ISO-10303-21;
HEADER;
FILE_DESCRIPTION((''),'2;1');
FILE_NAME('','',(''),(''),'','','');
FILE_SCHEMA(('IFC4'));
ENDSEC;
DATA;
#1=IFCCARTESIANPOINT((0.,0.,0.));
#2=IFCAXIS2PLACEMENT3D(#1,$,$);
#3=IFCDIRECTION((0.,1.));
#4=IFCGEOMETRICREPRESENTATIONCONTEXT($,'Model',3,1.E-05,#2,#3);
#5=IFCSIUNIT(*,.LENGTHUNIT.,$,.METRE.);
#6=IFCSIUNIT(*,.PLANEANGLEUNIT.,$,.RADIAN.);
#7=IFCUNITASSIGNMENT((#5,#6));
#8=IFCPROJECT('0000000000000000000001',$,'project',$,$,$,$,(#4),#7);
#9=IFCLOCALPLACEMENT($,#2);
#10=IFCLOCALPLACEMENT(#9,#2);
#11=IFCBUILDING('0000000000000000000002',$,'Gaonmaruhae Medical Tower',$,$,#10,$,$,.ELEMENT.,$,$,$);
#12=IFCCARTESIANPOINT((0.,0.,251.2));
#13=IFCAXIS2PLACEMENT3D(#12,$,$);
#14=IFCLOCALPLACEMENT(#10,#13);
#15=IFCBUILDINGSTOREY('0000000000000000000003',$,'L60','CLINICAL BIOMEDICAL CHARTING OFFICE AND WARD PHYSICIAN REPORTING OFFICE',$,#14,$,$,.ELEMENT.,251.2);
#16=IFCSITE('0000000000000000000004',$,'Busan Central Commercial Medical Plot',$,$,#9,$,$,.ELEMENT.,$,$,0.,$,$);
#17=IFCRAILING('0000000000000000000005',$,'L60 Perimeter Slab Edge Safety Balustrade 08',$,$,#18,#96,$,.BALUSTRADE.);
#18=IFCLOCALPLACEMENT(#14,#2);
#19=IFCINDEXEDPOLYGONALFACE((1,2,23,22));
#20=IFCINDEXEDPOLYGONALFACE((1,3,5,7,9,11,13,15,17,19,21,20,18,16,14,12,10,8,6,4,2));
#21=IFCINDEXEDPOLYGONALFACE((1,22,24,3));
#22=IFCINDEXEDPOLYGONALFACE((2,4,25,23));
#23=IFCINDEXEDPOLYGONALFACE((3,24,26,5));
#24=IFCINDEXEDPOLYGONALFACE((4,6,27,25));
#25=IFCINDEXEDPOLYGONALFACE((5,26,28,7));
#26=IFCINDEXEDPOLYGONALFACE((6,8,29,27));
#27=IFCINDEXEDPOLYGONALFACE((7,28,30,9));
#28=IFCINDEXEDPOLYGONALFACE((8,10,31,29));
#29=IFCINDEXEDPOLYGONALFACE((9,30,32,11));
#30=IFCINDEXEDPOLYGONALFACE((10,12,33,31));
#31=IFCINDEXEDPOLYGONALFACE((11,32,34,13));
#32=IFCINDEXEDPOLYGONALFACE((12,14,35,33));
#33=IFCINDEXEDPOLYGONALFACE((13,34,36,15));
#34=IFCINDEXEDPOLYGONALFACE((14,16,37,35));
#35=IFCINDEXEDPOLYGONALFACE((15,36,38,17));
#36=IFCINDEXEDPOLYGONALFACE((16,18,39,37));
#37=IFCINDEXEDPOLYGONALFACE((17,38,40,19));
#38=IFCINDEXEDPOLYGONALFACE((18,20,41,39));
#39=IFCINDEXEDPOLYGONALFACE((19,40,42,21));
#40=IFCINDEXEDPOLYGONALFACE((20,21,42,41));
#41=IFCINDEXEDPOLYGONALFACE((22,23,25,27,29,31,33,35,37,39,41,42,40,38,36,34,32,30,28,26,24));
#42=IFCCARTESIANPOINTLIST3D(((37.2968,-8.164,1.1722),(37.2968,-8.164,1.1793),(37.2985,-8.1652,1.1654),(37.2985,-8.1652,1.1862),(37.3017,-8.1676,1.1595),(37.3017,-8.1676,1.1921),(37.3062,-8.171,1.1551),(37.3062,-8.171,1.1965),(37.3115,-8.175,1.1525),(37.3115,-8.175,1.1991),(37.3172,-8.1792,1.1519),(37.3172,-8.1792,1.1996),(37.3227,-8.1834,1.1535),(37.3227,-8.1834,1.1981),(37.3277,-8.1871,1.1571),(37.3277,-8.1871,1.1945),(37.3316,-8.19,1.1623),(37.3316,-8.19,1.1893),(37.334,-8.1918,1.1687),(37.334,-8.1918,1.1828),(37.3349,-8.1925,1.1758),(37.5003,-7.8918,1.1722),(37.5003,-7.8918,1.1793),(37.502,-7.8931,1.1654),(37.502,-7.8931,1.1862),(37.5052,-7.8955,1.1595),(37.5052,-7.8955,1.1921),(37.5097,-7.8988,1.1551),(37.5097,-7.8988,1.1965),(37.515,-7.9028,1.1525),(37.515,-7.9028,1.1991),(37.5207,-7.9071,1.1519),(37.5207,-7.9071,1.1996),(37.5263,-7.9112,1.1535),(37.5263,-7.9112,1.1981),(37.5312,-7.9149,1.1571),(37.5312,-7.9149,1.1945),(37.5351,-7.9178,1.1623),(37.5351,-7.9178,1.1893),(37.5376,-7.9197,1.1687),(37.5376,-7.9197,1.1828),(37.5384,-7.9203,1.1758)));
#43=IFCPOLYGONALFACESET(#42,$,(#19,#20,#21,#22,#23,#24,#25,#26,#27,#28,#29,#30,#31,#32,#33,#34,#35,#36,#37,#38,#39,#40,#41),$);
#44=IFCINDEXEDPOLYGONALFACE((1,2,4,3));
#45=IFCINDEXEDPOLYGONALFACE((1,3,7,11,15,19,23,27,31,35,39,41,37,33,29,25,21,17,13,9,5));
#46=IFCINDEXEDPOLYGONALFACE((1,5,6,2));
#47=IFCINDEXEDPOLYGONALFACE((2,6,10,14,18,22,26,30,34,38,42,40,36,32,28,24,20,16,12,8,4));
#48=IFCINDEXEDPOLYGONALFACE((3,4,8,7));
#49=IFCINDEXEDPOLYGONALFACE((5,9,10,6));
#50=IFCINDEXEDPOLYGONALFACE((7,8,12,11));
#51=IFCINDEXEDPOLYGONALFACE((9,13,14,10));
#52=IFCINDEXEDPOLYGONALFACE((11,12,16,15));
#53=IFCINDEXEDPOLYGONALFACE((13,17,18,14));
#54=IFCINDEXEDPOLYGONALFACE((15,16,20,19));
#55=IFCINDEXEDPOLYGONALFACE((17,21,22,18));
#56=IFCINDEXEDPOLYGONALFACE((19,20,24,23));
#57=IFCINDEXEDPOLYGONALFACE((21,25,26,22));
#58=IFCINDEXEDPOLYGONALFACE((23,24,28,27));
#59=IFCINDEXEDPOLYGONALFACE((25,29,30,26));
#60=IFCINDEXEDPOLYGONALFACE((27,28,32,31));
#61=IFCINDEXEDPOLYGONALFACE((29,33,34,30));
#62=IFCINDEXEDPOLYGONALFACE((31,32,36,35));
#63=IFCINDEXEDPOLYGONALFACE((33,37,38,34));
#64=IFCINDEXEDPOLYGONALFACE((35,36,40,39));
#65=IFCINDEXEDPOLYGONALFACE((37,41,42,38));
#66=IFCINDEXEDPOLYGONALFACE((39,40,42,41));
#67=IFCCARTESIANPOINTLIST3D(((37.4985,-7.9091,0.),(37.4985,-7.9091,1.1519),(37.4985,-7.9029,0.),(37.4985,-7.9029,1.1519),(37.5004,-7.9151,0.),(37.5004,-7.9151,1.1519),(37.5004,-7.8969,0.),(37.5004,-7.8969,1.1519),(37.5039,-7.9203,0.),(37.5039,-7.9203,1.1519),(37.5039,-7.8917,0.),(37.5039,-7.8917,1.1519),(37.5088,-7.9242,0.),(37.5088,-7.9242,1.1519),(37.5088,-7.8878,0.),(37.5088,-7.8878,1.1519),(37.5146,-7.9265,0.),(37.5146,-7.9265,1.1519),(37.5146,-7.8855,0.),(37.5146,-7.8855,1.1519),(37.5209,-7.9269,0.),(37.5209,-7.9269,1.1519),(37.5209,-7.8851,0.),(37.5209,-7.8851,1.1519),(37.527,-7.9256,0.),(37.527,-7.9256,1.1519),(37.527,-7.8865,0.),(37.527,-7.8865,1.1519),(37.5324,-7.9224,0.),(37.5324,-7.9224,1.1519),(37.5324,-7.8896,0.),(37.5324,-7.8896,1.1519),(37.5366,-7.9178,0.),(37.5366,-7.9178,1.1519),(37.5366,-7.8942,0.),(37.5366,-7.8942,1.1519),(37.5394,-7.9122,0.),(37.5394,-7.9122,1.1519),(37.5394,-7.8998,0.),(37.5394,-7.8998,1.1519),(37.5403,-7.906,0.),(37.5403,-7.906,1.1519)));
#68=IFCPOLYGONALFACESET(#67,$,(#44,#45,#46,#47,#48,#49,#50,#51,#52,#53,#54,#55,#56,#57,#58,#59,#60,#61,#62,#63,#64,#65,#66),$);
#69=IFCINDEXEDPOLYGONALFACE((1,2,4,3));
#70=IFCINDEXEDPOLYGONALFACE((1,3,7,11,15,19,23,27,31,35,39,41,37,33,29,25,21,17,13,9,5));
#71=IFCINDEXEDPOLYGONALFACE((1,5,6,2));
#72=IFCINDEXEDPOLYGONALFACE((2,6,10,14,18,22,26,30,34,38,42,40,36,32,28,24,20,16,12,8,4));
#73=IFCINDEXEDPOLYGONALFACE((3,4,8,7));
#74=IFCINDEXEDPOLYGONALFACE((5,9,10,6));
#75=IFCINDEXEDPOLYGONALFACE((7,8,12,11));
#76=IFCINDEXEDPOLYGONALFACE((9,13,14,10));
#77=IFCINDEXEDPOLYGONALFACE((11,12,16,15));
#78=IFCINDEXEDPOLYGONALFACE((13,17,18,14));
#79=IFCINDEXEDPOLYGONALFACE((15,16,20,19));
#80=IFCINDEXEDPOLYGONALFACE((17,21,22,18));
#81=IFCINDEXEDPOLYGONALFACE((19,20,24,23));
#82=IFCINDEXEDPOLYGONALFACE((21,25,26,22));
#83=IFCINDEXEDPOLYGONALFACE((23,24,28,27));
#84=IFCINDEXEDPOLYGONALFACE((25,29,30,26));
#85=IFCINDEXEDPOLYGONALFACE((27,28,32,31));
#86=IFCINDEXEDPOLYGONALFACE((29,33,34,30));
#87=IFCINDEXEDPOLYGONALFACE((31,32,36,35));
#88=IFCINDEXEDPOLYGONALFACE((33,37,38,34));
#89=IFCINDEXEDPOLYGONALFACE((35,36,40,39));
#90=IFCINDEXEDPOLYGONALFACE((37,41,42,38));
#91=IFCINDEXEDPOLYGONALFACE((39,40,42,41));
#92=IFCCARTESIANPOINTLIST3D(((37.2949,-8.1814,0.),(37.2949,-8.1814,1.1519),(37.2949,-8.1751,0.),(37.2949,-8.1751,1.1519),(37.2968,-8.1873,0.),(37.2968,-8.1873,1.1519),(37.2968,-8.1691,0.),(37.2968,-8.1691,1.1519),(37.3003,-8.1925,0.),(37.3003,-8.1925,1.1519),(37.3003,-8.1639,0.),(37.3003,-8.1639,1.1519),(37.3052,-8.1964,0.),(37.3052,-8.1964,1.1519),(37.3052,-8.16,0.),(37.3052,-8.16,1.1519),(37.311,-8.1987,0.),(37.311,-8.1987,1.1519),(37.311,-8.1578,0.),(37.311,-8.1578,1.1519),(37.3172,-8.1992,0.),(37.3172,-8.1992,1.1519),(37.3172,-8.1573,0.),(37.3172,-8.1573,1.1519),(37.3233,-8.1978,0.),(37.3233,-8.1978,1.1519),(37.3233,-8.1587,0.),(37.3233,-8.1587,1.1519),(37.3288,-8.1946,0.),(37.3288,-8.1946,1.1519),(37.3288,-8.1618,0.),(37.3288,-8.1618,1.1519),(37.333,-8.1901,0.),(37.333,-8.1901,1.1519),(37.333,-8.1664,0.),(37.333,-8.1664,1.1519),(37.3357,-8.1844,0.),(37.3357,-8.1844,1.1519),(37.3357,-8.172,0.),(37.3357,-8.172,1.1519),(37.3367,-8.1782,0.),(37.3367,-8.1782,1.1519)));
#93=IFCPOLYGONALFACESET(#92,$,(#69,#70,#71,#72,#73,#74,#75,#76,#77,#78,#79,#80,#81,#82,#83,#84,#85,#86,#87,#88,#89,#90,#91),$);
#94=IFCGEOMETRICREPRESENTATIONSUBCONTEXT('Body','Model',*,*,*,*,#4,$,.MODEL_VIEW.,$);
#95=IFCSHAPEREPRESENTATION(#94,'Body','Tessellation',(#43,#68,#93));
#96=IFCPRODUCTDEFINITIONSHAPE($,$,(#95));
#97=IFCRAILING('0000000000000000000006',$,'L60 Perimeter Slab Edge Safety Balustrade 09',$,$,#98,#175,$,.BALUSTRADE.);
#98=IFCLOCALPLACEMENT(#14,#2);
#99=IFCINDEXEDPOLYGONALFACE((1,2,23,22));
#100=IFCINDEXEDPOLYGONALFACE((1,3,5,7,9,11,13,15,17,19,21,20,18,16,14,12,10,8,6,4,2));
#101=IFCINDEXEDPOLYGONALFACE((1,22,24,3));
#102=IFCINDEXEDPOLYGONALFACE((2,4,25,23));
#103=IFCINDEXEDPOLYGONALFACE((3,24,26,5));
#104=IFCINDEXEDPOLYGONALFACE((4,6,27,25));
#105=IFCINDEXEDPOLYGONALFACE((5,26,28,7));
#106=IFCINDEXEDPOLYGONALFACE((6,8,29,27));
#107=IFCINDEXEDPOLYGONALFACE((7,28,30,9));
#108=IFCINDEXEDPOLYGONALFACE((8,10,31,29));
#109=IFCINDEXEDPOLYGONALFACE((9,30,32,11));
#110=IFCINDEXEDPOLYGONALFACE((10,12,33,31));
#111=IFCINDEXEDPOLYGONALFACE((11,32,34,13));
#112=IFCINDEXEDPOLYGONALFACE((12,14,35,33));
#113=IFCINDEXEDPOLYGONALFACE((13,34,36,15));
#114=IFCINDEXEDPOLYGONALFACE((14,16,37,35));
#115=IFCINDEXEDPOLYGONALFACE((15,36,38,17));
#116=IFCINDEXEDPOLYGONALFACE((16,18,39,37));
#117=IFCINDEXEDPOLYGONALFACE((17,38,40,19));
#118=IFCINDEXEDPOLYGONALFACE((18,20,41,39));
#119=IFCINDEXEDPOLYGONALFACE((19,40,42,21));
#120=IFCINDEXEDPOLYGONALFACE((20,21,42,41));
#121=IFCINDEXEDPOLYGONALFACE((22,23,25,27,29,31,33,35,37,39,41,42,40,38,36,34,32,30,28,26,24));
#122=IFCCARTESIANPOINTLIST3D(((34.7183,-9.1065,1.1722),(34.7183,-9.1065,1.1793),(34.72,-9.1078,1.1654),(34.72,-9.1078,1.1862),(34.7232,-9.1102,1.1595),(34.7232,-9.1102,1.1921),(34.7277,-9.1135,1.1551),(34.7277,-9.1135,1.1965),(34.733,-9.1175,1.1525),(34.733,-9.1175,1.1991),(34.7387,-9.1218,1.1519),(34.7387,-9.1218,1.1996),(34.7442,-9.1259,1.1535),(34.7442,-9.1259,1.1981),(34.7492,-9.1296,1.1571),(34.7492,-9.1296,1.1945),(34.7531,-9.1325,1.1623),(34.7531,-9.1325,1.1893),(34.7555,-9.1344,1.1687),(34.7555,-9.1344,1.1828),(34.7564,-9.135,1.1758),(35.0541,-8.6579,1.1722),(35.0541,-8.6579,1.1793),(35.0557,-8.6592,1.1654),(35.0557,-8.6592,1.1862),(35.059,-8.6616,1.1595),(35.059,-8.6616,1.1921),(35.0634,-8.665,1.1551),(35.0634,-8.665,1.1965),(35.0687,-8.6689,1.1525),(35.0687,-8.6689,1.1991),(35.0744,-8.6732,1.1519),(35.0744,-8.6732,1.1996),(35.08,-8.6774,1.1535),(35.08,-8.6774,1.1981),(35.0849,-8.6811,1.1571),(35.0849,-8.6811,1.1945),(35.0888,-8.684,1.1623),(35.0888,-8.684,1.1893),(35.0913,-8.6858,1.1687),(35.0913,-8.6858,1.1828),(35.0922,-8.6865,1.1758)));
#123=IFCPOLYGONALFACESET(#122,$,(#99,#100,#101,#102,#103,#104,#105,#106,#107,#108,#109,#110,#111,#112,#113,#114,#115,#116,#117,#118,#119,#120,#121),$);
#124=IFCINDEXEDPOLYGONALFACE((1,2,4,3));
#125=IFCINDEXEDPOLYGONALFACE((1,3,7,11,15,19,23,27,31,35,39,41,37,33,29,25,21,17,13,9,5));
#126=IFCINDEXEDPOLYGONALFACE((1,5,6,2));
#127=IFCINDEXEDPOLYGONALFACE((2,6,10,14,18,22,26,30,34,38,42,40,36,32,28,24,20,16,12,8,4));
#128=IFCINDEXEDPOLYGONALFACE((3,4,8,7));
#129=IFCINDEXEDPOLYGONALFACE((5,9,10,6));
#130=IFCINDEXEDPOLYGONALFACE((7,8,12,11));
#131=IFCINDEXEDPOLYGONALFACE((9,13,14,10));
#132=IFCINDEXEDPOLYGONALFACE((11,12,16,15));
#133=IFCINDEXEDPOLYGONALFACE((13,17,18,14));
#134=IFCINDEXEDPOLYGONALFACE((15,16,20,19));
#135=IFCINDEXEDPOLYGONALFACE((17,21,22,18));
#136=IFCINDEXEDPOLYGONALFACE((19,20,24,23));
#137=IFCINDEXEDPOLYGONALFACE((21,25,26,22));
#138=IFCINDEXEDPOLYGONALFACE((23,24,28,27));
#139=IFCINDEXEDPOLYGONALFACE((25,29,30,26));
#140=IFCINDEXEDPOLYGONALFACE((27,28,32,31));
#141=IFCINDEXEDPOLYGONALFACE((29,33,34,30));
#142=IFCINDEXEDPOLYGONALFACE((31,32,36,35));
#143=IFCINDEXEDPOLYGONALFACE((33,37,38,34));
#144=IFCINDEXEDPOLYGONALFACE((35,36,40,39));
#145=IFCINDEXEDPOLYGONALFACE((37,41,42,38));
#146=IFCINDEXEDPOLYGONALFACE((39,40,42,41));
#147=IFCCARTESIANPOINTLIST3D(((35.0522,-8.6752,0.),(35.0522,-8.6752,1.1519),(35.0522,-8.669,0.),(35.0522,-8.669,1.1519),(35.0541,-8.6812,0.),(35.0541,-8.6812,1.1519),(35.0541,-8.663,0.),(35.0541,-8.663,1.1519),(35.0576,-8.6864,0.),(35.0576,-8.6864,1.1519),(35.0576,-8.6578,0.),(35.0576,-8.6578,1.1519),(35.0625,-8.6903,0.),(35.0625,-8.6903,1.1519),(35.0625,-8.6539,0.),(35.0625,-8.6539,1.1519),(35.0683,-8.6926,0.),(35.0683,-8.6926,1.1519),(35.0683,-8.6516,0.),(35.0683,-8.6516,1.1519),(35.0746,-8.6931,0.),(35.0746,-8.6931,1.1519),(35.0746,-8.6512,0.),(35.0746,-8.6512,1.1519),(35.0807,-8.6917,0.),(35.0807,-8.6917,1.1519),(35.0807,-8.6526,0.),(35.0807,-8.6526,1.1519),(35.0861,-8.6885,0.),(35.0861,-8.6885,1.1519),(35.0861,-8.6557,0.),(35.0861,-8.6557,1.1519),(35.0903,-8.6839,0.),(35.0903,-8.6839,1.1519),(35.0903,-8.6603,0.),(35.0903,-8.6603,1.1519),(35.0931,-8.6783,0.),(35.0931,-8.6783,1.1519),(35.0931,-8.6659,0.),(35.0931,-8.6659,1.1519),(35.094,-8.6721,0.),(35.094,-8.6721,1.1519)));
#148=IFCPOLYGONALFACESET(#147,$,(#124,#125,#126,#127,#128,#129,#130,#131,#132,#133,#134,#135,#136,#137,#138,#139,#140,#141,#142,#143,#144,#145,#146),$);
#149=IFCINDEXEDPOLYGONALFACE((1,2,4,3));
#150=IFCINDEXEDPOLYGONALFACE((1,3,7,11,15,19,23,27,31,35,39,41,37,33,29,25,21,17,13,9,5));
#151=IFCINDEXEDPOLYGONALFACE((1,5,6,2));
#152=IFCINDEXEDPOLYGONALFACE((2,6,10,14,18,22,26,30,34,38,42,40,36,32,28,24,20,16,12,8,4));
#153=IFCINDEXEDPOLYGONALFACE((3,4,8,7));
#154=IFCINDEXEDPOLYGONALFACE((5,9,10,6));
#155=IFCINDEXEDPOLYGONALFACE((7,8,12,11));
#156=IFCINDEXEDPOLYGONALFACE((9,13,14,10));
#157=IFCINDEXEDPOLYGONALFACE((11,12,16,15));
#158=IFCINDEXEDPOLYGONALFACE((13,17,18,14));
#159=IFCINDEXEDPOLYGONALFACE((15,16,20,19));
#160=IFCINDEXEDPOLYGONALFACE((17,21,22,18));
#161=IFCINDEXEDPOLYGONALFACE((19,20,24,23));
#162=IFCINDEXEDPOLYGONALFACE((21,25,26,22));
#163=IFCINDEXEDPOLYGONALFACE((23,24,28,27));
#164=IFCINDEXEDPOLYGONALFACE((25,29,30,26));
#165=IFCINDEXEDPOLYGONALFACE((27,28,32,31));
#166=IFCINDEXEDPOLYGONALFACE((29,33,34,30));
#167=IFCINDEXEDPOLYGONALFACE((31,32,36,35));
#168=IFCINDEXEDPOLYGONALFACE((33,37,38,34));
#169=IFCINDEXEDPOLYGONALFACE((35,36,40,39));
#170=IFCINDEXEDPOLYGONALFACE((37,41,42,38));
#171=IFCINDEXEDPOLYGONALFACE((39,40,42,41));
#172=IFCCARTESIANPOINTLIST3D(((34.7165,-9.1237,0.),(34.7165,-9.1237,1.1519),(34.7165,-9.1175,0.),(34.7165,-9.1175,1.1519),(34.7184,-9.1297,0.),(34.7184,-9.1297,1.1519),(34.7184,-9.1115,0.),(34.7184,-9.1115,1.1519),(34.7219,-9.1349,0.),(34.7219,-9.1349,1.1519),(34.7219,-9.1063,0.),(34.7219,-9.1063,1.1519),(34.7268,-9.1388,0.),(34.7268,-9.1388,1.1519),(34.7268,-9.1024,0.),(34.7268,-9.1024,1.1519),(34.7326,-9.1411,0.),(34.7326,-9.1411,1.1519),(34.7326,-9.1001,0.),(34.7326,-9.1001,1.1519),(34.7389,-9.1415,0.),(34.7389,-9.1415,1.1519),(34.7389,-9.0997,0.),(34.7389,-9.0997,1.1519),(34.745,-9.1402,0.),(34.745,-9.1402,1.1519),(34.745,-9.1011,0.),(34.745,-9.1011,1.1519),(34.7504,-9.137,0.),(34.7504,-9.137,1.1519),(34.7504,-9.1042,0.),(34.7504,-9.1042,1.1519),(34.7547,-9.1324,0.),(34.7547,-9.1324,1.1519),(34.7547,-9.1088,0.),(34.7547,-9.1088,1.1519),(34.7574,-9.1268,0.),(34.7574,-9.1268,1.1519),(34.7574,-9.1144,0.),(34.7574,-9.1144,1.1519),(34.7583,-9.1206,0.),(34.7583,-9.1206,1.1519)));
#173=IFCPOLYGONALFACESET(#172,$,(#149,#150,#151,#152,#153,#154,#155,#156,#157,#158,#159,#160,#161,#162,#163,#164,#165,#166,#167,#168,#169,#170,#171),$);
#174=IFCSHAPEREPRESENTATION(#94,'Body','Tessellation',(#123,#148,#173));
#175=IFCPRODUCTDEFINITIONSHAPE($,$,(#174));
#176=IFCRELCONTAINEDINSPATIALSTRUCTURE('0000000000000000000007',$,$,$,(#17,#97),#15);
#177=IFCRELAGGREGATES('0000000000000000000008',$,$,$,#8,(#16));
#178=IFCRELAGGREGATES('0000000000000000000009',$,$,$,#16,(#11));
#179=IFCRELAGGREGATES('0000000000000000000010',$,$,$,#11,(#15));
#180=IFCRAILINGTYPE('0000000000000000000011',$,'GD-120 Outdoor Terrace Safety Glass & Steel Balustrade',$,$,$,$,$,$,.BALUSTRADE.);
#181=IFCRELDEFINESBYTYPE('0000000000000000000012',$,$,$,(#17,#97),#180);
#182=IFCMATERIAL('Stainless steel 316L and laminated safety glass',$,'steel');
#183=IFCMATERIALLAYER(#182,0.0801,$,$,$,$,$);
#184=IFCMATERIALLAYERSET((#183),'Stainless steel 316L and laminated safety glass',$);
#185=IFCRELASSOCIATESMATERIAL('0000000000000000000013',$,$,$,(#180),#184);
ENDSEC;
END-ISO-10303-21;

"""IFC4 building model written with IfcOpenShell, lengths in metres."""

from ifc_helpers import new_model, si_unit, direction, frame, origin, origin_2d, place, context, subcontext, project, spatial, circle, extrude, material, layer, layer_set, type_object, element, save


model = new_model("IFC4")

# Units and contexts
model_context = context("Model", 3, precision=1e-05, world=origin(), true_north=direction((0.0, 1.0)))
body_context = subcontext(model_context, "Body", "Model", "MODEL_VIEW")
ifc_project = project(units=[si_unit("LENGTHUNIT", "METRE"), si_unit("PLANEANGLEUNIT", "RADIAN")], contexts=[model_context])

# Site, building, storey
site_placement = place(None, origin())
site = spatial("IfcSite", under=ifc_project, at=site_placement, Name="Busan Central Commercial Medical Plot", CompositionType="ELEMENT", RefElevation=0.0)
building_placement = place(site_placement, origin())
building = spatial("IfcBuilding", under=site, at=building_placement, Name="Gaonmaruhae Medical Tower", CompositionType="ELEMENT")
storey_placement = place(building_placement, frame((0.0, 0.0, 251.2)))
storey = spatial("IfcBuildingStorey", under=building, at=storey_placement, Name="L60", Description="CLINICAL BIOMEDICAL CHARTING OFFICE AND WARD PHYSICIAN REPORTING OFFICE", CompositionType="ELEMENT", Elevation=251.2)

# Railings
ifc_material_1 = material(Name="Stainless steel 316L and laminated safety glass", Category="steel")
ifc_layer_1 = layer(ifc_material_1, 0.0801)
ifc_layer_set_1 = layer_set([ifc_layer_1], Name="Stainless steel 316L and laminated safety glass")
railing_type = type_object("IfcRailingType", Name="GD-120 Outdoor Terrace Safety Glass & Steel Balustrade", PredefinedType="BALUSTRADE", material=ifc_layer_set_1)
railing_1_placement = place(storey_placement, frame((37.5193, -7.906, 0.0)))
element("IfcRailing", 1, at=railing_1_placement, inside=storey, type_object=railing_type, Name="L60 Perimeter Slab Edge Safety Balustrade 08", PredefinedType="BALUSTRADE", context=body_context, shape_type="SweptSolid", body=[
    extrude(circle(Radius=0.0239, at=origin_2d()), frame((0.0, 0.0, 1.1758), z_axis=(-0.598965, -0.800775, 0.0), x_axis=(0.800775, -0.598965, 0.0)), (0.0, 0.0, 1.0), 0.3398),
    extrude(circle(Radius=0.021, at=origin_2d()), origin(), (0.0, 0.0, 1.0), 1.1519),
    extrude(circle(Radius=0.021, at=origin_2d()), frame((-0.2036, -0.2722, 0.0)), (0.0, 0.0, 1.0), 1.1519),
])
railing_2_placement = place(storey_placement, frame((35.073, -8.6721, 0.0)))
element("IfcRailing", 2, at=railing_2_placement, inside=storey, type_object=railing_type, Name="L60 Perimeter Slab Edge Safety Balustrade 09", PredefinedType="BALUSTRADE", context=body_context, shape_type="SweptSolid", body=[
    extrude(circle(Radius=0.0239, at=origin_2d()), frame((0.0, 0.0, 1.1758), z_axis=(-0.599233, -0.800575, 0.0), x_axis=(0.800575, -0.599233, 0.0)), (0.0, 0.0, 1.0), 0.5603),
    extrude(circle(Radius=0.021, at=origin_2d()), origin(), (0.0, 0.0, 1.0), 1.1519),
    extrude(circle(Radius=0.021, at=origin_2d()), frame((-0.3357, -0.4485, 0.0)), (0.0, 0.0, 1.0), 1.1519),
])

save(model, "model.ifc")
